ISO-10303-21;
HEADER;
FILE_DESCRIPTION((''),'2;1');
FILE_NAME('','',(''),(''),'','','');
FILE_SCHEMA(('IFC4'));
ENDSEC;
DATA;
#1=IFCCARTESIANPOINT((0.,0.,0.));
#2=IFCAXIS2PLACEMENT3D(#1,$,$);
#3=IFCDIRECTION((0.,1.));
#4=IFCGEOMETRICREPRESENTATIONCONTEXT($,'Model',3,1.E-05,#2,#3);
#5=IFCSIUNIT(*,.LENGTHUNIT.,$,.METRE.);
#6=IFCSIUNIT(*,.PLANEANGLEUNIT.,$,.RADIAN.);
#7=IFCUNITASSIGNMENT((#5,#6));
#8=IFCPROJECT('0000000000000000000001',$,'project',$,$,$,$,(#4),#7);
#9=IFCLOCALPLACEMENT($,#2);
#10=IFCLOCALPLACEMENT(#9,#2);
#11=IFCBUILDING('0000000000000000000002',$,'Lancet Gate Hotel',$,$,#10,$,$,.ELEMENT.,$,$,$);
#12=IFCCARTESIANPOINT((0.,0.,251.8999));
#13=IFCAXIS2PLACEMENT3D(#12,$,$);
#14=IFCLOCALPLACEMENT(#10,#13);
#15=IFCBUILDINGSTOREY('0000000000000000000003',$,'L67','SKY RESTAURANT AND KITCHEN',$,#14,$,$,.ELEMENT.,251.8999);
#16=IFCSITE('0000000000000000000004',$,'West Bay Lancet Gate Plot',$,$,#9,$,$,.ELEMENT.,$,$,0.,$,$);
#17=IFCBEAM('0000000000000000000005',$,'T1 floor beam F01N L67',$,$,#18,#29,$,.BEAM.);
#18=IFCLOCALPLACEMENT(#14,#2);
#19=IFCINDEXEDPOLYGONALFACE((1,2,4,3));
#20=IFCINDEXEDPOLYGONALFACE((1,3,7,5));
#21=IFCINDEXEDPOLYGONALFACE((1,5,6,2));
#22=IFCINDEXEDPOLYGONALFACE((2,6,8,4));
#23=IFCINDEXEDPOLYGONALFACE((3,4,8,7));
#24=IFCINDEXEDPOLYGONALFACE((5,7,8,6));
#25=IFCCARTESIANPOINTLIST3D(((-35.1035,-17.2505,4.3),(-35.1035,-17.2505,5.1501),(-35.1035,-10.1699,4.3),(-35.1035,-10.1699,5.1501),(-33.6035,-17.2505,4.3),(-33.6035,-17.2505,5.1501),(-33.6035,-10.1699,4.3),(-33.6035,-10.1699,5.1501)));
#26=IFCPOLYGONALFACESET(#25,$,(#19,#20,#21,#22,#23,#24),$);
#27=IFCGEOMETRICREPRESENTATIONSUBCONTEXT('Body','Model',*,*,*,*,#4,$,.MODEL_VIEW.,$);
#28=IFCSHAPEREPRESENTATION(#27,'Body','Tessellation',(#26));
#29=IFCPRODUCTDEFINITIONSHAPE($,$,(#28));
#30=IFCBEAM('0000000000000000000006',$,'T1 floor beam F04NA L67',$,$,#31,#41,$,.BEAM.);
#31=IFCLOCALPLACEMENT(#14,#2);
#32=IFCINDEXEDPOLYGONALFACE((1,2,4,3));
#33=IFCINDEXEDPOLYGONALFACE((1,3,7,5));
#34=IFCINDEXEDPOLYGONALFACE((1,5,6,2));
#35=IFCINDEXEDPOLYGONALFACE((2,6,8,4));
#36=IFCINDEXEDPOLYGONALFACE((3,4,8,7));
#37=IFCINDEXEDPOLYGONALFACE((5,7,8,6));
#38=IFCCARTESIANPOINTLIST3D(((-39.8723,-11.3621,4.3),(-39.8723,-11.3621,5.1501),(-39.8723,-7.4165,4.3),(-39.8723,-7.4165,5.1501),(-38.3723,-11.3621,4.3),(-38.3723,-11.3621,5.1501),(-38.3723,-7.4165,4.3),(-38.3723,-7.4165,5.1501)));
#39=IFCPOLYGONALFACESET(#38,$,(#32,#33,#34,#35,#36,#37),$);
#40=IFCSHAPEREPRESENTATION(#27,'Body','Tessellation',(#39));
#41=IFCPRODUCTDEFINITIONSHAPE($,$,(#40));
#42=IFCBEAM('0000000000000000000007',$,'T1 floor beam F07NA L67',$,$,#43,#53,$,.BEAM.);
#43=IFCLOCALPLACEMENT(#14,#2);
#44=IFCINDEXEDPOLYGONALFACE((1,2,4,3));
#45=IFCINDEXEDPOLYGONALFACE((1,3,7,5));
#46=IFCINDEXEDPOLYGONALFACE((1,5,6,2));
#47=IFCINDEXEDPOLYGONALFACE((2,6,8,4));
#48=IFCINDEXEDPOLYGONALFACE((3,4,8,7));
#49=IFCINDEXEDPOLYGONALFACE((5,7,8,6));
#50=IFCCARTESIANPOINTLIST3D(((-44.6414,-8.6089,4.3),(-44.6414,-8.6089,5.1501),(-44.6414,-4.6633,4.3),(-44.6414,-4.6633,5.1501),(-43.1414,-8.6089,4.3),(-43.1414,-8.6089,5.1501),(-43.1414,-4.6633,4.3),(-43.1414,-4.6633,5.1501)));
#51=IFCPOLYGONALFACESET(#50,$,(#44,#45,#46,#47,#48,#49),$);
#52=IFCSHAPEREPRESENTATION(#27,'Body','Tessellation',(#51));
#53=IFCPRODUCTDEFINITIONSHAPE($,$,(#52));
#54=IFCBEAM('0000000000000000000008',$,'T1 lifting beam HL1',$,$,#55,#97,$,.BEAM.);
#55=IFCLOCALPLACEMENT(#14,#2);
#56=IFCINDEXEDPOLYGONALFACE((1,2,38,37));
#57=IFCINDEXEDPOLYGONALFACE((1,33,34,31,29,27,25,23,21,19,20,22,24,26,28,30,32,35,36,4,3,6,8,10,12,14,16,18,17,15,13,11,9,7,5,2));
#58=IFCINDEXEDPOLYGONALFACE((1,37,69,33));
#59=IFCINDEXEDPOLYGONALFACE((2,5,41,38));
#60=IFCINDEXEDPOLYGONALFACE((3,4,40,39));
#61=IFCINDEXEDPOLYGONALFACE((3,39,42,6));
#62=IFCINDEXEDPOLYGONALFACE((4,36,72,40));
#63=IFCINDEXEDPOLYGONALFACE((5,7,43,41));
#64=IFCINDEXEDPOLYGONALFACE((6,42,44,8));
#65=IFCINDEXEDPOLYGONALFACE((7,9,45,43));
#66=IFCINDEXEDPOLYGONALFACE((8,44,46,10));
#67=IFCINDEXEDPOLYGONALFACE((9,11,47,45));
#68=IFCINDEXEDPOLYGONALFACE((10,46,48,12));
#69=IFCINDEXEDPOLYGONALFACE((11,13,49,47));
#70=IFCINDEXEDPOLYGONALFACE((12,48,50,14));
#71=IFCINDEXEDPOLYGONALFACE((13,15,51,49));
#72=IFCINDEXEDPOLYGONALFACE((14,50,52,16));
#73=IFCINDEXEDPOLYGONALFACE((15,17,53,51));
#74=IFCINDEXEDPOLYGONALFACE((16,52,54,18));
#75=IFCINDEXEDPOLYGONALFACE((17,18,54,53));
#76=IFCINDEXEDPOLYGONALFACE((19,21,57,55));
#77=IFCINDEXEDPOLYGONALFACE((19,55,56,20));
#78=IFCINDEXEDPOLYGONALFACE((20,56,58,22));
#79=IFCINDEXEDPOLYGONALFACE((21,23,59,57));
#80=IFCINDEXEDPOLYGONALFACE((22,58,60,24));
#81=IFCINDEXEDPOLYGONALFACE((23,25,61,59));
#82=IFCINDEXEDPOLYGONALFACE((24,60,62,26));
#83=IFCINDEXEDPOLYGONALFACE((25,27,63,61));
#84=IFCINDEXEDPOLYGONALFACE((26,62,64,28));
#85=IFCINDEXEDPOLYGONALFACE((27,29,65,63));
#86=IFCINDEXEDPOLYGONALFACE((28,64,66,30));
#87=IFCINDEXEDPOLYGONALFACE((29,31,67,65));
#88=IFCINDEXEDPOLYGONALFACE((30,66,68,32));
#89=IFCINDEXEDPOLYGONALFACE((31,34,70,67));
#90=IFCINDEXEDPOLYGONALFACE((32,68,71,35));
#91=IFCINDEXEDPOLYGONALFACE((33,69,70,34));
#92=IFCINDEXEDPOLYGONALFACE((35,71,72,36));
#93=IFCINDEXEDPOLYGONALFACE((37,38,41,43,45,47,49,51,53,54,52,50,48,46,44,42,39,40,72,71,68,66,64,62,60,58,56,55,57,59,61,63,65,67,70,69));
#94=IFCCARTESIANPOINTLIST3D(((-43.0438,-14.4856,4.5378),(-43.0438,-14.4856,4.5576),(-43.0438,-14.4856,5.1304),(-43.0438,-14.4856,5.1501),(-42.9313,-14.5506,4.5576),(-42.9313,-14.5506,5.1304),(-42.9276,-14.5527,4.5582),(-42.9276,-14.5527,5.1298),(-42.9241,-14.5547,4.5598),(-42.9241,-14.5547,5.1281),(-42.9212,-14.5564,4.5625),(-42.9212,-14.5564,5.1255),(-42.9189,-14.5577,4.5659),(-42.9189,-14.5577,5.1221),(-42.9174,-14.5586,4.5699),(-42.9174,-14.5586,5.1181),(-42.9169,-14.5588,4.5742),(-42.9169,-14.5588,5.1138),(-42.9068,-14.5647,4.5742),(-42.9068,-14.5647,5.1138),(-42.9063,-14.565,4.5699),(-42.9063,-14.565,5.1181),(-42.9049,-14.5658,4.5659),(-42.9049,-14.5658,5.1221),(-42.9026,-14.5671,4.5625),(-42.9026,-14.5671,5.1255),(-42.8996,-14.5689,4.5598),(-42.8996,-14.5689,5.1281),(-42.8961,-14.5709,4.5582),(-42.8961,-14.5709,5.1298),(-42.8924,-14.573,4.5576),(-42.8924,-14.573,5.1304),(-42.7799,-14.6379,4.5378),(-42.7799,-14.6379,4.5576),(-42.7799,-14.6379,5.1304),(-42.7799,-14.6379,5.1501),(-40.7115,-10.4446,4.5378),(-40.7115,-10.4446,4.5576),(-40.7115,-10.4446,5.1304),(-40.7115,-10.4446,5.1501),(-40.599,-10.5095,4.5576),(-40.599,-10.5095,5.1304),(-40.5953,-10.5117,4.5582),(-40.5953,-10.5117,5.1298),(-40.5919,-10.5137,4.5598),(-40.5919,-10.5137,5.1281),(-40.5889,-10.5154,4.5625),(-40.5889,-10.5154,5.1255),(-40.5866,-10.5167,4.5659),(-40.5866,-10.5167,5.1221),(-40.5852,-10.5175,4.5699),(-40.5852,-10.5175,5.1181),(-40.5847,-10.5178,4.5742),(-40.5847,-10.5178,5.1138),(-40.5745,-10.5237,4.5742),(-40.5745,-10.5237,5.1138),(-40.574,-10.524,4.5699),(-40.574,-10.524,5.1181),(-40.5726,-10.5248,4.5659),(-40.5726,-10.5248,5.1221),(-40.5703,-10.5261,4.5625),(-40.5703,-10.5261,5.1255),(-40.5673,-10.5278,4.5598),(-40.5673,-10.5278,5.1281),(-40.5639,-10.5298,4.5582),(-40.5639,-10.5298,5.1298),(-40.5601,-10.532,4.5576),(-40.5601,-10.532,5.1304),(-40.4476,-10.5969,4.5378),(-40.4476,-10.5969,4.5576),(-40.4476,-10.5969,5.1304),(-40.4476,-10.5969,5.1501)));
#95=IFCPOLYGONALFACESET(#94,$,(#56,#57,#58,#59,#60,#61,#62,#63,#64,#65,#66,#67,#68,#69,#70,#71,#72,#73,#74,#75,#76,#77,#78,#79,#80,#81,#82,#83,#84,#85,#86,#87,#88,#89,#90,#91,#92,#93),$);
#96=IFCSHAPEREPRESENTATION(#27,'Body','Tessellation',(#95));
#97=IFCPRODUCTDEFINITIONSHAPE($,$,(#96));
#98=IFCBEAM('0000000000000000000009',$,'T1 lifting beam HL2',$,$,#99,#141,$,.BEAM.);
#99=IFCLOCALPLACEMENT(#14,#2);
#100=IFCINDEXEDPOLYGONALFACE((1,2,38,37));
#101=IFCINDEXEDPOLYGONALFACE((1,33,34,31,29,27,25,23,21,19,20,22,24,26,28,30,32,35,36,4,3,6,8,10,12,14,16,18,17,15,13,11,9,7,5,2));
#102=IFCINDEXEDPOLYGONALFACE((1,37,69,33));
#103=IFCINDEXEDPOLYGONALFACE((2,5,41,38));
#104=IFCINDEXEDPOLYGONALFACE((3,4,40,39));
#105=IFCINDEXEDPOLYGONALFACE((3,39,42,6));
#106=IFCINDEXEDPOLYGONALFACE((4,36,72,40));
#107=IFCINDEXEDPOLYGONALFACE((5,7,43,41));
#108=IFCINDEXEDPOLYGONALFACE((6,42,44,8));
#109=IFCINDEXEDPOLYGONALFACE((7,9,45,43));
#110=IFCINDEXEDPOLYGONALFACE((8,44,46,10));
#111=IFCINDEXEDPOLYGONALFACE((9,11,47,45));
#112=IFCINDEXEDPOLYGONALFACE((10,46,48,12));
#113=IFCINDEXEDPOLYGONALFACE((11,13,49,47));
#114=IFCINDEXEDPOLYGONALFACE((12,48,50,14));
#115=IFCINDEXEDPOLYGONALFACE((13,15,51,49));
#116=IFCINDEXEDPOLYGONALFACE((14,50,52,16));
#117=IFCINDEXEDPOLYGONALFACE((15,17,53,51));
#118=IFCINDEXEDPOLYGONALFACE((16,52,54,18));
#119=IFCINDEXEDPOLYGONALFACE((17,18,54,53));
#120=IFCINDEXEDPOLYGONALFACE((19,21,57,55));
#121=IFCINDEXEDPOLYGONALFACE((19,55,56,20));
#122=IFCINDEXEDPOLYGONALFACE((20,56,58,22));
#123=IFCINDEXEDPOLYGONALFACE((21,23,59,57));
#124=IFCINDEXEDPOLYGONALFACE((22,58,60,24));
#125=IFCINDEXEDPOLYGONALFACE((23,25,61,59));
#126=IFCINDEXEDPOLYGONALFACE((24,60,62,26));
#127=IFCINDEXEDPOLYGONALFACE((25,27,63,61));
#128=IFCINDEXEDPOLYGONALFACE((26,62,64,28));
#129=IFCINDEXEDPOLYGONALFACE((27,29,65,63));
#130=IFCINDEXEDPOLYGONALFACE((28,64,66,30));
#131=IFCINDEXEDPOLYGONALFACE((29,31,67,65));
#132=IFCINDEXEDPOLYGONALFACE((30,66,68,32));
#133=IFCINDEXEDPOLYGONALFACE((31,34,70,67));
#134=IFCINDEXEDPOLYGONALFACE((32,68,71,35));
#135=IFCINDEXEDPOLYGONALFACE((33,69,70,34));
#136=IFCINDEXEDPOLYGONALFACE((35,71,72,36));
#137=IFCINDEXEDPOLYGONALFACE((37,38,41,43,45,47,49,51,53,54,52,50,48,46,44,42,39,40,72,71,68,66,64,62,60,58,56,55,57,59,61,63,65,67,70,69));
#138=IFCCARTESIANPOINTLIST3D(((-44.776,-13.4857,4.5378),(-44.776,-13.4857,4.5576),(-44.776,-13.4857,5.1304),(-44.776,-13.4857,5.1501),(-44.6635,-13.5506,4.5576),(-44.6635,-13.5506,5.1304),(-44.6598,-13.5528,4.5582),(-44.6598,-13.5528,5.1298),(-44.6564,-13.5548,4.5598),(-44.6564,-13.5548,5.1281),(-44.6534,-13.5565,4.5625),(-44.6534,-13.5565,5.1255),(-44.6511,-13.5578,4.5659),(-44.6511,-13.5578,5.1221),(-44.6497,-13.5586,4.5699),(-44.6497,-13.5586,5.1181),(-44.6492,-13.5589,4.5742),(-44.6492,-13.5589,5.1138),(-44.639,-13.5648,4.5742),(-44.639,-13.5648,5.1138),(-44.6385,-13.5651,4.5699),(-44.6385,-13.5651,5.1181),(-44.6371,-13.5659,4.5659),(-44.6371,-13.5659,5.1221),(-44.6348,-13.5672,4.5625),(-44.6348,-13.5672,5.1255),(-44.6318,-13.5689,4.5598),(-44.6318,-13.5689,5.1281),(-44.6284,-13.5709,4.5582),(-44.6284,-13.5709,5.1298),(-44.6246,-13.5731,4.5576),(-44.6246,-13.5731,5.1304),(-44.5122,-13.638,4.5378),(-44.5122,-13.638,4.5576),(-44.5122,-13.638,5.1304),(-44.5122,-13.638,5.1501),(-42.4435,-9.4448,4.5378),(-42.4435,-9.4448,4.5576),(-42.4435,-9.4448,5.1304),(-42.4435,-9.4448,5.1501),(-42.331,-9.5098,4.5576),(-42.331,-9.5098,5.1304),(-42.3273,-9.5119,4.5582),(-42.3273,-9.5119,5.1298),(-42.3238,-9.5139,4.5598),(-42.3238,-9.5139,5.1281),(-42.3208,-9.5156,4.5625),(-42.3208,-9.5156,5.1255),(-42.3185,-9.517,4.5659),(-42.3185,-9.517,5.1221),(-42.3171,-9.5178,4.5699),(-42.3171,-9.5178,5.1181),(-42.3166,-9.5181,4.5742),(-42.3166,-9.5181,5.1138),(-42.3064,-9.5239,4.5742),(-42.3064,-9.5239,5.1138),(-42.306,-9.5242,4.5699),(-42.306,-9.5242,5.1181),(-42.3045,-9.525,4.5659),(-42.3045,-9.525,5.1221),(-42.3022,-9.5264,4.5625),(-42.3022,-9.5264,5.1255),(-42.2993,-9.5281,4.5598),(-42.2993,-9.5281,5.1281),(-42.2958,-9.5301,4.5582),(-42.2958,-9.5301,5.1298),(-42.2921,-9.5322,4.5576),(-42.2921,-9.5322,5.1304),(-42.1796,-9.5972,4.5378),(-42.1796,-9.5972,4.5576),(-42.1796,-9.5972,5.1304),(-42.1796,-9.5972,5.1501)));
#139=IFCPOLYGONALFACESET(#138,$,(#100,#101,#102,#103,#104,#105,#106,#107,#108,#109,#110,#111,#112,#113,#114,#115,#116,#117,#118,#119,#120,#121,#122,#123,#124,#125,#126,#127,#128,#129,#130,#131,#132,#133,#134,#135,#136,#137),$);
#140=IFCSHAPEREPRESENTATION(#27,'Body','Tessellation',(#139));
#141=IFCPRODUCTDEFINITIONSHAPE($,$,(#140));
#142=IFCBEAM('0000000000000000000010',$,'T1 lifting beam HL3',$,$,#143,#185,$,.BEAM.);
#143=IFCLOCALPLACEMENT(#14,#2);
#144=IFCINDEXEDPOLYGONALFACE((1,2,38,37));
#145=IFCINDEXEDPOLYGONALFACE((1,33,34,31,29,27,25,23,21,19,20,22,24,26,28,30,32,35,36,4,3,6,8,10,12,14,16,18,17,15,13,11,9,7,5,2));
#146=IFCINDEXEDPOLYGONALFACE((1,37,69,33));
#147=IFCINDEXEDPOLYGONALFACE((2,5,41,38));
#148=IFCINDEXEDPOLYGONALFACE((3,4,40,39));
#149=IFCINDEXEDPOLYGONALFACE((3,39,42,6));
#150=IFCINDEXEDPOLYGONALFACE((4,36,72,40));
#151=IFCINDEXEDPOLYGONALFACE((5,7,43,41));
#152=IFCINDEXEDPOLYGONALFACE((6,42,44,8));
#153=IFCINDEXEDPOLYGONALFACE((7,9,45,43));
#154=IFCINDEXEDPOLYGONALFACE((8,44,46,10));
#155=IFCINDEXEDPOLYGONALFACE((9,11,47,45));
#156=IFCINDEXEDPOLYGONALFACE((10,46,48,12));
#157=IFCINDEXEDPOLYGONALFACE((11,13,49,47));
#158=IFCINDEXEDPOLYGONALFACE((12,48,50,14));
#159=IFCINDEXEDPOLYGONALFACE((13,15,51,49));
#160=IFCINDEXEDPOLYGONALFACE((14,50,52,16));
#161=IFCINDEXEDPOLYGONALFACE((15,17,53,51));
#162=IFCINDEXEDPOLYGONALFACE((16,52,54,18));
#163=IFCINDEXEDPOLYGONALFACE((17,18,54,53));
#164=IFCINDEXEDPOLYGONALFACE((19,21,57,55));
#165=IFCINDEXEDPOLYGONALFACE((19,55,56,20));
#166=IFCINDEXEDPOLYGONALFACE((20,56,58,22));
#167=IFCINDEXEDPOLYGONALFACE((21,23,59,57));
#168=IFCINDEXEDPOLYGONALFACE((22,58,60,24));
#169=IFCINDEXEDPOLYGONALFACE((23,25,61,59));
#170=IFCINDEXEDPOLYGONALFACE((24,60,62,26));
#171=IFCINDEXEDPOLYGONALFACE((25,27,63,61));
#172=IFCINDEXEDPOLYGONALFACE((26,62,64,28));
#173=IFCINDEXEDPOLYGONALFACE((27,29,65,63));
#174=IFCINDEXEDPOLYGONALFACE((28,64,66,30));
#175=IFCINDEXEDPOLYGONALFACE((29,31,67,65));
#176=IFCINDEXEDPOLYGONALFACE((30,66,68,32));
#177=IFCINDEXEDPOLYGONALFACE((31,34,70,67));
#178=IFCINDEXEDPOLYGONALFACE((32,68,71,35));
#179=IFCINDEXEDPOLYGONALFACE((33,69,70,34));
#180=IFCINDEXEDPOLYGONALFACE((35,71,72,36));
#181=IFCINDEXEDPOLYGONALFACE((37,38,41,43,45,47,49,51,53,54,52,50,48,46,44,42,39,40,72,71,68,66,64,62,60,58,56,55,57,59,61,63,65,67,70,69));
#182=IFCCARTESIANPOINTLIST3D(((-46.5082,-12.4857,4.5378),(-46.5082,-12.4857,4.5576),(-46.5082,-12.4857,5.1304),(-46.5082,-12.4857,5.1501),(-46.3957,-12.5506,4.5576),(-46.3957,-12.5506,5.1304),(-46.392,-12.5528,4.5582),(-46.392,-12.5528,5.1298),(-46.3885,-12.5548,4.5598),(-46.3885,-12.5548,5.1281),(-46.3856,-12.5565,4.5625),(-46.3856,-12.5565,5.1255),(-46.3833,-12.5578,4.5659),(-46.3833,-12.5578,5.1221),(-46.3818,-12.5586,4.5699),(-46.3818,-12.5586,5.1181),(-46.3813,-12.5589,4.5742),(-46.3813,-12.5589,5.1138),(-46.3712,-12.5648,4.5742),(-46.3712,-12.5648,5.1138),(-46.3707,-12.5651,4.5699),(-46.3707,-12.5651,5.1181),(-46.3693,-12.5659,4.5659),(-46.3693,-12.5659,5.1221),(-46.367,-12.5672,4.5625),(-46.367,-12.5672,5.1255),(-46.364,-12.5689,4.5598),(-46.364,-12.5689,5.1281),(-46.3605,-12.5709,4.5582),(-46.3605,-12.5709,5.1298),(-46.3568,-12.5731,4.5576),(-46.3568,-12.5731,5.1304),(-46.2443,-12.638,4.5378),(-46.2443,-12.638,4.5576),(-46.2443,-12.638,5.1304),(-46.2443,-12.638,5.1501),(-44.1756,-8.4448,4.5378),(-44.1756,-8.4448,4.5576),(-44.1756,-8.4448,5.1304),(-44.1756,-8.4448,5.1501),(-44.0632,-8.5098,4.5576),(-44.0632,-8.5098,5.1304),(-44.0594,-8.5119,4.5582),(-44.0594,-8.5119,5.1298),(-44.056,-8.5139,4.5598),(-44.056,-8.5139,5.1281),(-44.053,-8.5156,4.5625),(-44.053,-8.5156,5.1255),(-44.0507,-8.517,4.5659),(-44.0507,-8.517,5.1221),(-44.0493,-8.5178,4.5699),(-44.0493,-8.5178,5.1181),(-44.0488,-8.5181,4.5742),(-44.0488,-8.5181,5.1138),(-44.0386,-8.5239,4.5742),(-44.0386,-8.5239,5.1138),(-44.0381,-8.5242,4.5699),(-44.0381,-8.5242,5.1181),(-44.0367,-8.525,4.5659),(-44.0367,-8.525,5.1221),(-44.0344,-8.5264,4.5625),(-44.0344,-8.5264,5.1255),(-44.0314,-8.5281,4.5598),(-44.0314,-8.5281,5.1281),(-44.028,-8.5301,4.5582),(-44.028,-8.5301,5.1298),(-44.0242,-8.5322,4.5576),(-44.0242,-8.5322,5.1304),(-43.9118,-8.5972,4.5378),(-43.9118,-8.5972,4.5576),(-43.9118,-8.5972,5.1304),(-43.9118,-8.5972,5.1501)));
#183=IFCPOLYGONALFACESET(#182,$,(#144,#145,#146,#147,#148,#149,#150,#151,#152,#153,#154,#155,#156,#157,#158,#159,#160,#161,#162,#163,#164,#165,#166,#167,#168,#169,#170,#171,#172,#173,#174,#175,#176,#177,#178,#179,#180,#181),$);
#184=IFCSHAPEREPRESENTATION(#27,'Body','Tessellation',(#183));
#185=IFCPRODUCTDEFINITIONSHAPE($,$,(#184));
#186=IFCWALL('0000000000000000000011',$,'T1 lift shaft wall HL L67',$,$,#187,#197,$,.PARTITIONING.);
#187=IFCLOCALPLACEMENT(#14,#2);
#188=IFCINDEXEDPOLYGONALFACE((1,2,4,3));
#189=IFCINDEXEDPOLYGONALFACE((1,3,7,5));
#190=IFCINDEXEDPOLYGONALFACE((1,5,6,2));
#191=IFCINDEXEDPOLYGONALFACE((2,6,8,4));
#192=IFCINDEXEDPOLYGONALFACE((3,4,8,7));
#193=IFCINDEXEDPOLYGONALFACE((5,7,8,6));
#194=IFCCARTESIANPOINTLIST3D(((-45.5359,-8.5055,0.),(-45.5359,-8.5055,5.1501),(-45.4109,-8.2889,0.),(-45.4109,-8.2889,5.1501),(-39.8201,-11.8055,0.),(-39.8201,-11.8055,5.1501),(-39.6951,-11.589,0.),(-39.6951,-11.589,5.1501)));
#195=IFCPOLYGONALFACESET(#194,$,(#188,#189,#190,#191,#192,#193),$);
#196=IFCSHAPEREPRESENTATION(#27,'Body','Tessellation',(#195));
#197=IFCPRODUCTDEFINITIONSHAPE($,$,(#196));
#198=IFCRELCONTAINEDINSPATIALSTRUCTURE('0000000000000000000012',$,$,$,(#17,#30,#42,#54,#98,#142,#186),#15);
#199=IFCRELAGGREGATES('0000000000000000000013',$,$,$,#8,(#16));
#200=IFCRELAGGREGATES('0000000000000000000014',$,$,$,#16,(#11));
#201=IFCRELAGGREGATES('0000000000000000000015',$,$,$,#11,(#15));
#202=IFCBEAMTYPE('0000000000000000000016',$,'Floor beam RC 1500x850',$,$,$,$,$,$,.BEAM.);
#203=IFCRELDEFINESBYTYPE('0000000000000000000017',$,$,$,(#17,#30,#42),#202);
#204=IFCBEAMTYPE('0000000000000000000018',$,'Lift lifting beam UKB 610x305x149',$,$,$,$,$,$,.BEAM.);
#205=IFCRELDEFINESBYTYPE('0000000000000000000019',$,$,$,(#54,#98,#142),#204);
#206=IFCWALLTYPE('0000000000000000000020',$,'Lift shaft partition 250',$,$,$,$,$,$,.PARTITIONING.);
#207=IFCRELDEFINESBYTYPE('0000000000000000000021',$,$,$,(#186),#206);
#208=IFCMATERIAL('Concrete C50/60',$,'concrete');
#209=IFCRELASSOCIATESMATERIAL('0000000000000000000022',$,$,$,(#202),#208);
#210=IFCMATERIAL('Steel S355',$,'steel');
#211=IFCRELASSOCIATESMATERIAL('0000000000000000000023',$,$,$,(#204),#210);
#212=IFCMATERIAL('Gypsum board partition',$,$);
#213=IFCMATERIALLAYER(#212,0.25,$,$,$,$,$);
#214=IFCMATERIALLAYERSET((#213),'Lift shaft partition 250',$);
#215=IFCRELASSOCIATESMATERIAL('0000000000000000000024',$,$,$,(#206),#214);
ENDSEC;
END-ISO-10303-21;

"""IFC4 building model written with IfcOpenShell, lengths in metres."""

from ifc_helpers import new_model, si_unit, direction, frame, frame_2d, origin, origin_2d, place, context, subcontext, project, spatial, rectangle, i_section, extrude, material, layer, layer_set, material_profile, profile_set, type_object, element, save


model = new_model("IFC4")

# Units and contexts
model_context = context("Model", 3, precision=1e-05, world=origin(), true_north=direction((0.0, 1.0)))
body_context = subcontext(model_context, "Body", "Model", "MODEL_VIEW")
ifc_project = project(units=[si_unit("LENGTHUNIT", "METRE"), si_unit("PLANEANGLEUNIT", "RADIAN")], contexts=[model_context])

# Site, building, storey
site_placement = place(None, origin())
site = spatial("IfcSite", under=ifc_project, at=site_placement, Name="West Bay Lancet Gate Plot", CompositionType="ELEMENT", RefElevation=0.0)
building_placement = place(site_placement, origin())
building = spatial("IfcBuilding", under=site, at=building_placement, Name="Lancet Gate Hotel", CompositionType="ELEMENT")
storey_placement = place(building_placement, frame((0.0, 0.0, 251.8999)))
storey = spatial("IfcBuildingStorey", under=building, at=storey_placement, Name="L67", Description="SKY RESTAURANT AND KITCHEN", CompositionType="ELEMENT", Elevation=251.8999)

# Beams
ifc_material_1 = material(Name="Concrete C50/60", Category="concrete")
ifc_material_profile_1 = material_profile(ifc_material_1, rectangle(XDim=1.5, YDim=0.8501, at=origin_2d()), Name="RC 1500x850")
ifc_profile_set_1 = profile_set([ifc_material_profile_1], Name="Concrete C50/60")
beam_type_1 = type_object("IfcBeamType", Name="Floor beam RC 1500x850", PredefinedType="BEAM", material=ifc_profile_set_1)
beam_placement = place(storey_placement, frame((-34.3535, -10.1699, 4.7251), z_axis=(0.0, -1.0, 0.0), x_axis=(1.0, 0.0, 0.0)))
element("IfcBeam", 1, at=beam_placement, inside=storey, type_object=beam_type_1, Name="T1 floor beam F01N L67", PredefinedType="BEAM", context=body_context, shape_type="SweptSolid", body=[
    extrude(rectangle(XDim=1.5, YDim=0.8501, at=origin_2d()), origin(), (0.0, 0.0, 1.0), 7.0806),
])
for number, where, z_axis, x_axis, name in (
    (2, (-39.1223, -7.4165, 4.7251), (0.0, -1.0, 0.0), (1.0, 0.0, 0.0), "T1 floor beam F04NA L67"),
    (3, (-43.8914, -4.6633, 4.7251), (0.0, -1.0, 0.0), (1.0, 0.0, 0.0), "T1 floor beam F07NA L67"),
):
    element("IfcBeam", number, at=place(storey_placement, frame(where, z_axis=z_axis, x_axis=x_axis)), inside=storey, type_object=beam_type_1, Name=name, PredefinedType="BEAM", context=body_context, shape_type="SweptSolid", body=[
        extrude(rectangle(XDim=1.5, YDim=0.8501, at=origin_2d()), origin(), (0.0, 0.0, 1.0), 3.9456),
    ])
ifc_material_2 = material(Name="Steel S355", Category="steel")
ifc_material_profile_2 = material_profile(ifc_material_2, i_section(OverallWidth=0.3047, OverallDepth=0.6123, WebThickness=0.0117, FlangeThickness=0.0198, FilletRadius=0.0166, at=origin_2d()), Name="UKB 610x305x149")
ifc_profile_set_2 = profile_set([ifc_material_profile_2], Name="Steel S355")
beam_type_2 = type_object("IfcBeamType", Name="Lift lifting beam UKB 610x305x149", PredefinedType="BEAM", material=ifc_profile_set_2)
for number, where, z_axis, x_axis, name in (
    (4, (-40.5796, -10.5208, 4.844), (-0.49987, -0.8661, 0.0), (0.8661, -0.49987, 0.0), "T1 lifting beam HL1"),
    (5, (-42.3115, -9.521, 4.844), (-0.499932, -0.866064, 0.0), (0.866064, -0.499932, 0.0), "T1 lifting beam HL2"),
    (6, (-44.0437, -8.521, 4.844), (-0.499932, -0.866064, 0.0), (0.866064, -0.499932, 0.0), "T1 lifting beam HL3"),
):
    element("IfcBeam", number, at=place(storey_placement, frame(where, z_axis=z_axis, x_axis=x_axis)), inside=storey, type_object=beam_type_2, Name=name, PredefinedType="BEAM", context=body_context, shape_type="SweptSolid", body=[
        extrude(i_section(OverallWidth=0.3047, OverallDepth=0.6123, WebThickness=0.0117, FlangeThickness=0.0198, FilletRadius=0.0166, at=origin_2d()), origin(), (0.0, 0.0, 1.0), 4.6658),
    ])

# Wall
ifc_material_3 = material(Name="Gypsum board partition")
ifc_layer_1 = layer(ifc_material_3, 0.25)
ifc_layer_set_1 = layer_set([ifc_layer_1], Name="Lift shaft partition 250")
wall_type_1 = type_object("IfcWallType", Name="Lift shaft partition 250", PredefinedType="PARTITIONING", material=ifc_layer_set_1)
wall_1_placement = place(storey_placement, frame((-39.7576, -11.6973, 0.0), z_axis=(0.0, 0.0, 1.0), x_axis=(-0.866024, 0.500002, 0.0)))
element("IfcWall", 7, at=wall_1_placement, inside=storey, type_object=wall_type_1, Name="T1 lift shaft wall HL L67", PredefinedType="PARTITIONING", context=body_context, shape_type="SweptSolid", body=[
    extrude(rectangle(XDim=6.6001, YDim=0.25, at=frame_2d((3.3, 0.0))), origin(), (0.0, 0.0, 1.0), 5.1501),
])

save(model, "model.ifc")
